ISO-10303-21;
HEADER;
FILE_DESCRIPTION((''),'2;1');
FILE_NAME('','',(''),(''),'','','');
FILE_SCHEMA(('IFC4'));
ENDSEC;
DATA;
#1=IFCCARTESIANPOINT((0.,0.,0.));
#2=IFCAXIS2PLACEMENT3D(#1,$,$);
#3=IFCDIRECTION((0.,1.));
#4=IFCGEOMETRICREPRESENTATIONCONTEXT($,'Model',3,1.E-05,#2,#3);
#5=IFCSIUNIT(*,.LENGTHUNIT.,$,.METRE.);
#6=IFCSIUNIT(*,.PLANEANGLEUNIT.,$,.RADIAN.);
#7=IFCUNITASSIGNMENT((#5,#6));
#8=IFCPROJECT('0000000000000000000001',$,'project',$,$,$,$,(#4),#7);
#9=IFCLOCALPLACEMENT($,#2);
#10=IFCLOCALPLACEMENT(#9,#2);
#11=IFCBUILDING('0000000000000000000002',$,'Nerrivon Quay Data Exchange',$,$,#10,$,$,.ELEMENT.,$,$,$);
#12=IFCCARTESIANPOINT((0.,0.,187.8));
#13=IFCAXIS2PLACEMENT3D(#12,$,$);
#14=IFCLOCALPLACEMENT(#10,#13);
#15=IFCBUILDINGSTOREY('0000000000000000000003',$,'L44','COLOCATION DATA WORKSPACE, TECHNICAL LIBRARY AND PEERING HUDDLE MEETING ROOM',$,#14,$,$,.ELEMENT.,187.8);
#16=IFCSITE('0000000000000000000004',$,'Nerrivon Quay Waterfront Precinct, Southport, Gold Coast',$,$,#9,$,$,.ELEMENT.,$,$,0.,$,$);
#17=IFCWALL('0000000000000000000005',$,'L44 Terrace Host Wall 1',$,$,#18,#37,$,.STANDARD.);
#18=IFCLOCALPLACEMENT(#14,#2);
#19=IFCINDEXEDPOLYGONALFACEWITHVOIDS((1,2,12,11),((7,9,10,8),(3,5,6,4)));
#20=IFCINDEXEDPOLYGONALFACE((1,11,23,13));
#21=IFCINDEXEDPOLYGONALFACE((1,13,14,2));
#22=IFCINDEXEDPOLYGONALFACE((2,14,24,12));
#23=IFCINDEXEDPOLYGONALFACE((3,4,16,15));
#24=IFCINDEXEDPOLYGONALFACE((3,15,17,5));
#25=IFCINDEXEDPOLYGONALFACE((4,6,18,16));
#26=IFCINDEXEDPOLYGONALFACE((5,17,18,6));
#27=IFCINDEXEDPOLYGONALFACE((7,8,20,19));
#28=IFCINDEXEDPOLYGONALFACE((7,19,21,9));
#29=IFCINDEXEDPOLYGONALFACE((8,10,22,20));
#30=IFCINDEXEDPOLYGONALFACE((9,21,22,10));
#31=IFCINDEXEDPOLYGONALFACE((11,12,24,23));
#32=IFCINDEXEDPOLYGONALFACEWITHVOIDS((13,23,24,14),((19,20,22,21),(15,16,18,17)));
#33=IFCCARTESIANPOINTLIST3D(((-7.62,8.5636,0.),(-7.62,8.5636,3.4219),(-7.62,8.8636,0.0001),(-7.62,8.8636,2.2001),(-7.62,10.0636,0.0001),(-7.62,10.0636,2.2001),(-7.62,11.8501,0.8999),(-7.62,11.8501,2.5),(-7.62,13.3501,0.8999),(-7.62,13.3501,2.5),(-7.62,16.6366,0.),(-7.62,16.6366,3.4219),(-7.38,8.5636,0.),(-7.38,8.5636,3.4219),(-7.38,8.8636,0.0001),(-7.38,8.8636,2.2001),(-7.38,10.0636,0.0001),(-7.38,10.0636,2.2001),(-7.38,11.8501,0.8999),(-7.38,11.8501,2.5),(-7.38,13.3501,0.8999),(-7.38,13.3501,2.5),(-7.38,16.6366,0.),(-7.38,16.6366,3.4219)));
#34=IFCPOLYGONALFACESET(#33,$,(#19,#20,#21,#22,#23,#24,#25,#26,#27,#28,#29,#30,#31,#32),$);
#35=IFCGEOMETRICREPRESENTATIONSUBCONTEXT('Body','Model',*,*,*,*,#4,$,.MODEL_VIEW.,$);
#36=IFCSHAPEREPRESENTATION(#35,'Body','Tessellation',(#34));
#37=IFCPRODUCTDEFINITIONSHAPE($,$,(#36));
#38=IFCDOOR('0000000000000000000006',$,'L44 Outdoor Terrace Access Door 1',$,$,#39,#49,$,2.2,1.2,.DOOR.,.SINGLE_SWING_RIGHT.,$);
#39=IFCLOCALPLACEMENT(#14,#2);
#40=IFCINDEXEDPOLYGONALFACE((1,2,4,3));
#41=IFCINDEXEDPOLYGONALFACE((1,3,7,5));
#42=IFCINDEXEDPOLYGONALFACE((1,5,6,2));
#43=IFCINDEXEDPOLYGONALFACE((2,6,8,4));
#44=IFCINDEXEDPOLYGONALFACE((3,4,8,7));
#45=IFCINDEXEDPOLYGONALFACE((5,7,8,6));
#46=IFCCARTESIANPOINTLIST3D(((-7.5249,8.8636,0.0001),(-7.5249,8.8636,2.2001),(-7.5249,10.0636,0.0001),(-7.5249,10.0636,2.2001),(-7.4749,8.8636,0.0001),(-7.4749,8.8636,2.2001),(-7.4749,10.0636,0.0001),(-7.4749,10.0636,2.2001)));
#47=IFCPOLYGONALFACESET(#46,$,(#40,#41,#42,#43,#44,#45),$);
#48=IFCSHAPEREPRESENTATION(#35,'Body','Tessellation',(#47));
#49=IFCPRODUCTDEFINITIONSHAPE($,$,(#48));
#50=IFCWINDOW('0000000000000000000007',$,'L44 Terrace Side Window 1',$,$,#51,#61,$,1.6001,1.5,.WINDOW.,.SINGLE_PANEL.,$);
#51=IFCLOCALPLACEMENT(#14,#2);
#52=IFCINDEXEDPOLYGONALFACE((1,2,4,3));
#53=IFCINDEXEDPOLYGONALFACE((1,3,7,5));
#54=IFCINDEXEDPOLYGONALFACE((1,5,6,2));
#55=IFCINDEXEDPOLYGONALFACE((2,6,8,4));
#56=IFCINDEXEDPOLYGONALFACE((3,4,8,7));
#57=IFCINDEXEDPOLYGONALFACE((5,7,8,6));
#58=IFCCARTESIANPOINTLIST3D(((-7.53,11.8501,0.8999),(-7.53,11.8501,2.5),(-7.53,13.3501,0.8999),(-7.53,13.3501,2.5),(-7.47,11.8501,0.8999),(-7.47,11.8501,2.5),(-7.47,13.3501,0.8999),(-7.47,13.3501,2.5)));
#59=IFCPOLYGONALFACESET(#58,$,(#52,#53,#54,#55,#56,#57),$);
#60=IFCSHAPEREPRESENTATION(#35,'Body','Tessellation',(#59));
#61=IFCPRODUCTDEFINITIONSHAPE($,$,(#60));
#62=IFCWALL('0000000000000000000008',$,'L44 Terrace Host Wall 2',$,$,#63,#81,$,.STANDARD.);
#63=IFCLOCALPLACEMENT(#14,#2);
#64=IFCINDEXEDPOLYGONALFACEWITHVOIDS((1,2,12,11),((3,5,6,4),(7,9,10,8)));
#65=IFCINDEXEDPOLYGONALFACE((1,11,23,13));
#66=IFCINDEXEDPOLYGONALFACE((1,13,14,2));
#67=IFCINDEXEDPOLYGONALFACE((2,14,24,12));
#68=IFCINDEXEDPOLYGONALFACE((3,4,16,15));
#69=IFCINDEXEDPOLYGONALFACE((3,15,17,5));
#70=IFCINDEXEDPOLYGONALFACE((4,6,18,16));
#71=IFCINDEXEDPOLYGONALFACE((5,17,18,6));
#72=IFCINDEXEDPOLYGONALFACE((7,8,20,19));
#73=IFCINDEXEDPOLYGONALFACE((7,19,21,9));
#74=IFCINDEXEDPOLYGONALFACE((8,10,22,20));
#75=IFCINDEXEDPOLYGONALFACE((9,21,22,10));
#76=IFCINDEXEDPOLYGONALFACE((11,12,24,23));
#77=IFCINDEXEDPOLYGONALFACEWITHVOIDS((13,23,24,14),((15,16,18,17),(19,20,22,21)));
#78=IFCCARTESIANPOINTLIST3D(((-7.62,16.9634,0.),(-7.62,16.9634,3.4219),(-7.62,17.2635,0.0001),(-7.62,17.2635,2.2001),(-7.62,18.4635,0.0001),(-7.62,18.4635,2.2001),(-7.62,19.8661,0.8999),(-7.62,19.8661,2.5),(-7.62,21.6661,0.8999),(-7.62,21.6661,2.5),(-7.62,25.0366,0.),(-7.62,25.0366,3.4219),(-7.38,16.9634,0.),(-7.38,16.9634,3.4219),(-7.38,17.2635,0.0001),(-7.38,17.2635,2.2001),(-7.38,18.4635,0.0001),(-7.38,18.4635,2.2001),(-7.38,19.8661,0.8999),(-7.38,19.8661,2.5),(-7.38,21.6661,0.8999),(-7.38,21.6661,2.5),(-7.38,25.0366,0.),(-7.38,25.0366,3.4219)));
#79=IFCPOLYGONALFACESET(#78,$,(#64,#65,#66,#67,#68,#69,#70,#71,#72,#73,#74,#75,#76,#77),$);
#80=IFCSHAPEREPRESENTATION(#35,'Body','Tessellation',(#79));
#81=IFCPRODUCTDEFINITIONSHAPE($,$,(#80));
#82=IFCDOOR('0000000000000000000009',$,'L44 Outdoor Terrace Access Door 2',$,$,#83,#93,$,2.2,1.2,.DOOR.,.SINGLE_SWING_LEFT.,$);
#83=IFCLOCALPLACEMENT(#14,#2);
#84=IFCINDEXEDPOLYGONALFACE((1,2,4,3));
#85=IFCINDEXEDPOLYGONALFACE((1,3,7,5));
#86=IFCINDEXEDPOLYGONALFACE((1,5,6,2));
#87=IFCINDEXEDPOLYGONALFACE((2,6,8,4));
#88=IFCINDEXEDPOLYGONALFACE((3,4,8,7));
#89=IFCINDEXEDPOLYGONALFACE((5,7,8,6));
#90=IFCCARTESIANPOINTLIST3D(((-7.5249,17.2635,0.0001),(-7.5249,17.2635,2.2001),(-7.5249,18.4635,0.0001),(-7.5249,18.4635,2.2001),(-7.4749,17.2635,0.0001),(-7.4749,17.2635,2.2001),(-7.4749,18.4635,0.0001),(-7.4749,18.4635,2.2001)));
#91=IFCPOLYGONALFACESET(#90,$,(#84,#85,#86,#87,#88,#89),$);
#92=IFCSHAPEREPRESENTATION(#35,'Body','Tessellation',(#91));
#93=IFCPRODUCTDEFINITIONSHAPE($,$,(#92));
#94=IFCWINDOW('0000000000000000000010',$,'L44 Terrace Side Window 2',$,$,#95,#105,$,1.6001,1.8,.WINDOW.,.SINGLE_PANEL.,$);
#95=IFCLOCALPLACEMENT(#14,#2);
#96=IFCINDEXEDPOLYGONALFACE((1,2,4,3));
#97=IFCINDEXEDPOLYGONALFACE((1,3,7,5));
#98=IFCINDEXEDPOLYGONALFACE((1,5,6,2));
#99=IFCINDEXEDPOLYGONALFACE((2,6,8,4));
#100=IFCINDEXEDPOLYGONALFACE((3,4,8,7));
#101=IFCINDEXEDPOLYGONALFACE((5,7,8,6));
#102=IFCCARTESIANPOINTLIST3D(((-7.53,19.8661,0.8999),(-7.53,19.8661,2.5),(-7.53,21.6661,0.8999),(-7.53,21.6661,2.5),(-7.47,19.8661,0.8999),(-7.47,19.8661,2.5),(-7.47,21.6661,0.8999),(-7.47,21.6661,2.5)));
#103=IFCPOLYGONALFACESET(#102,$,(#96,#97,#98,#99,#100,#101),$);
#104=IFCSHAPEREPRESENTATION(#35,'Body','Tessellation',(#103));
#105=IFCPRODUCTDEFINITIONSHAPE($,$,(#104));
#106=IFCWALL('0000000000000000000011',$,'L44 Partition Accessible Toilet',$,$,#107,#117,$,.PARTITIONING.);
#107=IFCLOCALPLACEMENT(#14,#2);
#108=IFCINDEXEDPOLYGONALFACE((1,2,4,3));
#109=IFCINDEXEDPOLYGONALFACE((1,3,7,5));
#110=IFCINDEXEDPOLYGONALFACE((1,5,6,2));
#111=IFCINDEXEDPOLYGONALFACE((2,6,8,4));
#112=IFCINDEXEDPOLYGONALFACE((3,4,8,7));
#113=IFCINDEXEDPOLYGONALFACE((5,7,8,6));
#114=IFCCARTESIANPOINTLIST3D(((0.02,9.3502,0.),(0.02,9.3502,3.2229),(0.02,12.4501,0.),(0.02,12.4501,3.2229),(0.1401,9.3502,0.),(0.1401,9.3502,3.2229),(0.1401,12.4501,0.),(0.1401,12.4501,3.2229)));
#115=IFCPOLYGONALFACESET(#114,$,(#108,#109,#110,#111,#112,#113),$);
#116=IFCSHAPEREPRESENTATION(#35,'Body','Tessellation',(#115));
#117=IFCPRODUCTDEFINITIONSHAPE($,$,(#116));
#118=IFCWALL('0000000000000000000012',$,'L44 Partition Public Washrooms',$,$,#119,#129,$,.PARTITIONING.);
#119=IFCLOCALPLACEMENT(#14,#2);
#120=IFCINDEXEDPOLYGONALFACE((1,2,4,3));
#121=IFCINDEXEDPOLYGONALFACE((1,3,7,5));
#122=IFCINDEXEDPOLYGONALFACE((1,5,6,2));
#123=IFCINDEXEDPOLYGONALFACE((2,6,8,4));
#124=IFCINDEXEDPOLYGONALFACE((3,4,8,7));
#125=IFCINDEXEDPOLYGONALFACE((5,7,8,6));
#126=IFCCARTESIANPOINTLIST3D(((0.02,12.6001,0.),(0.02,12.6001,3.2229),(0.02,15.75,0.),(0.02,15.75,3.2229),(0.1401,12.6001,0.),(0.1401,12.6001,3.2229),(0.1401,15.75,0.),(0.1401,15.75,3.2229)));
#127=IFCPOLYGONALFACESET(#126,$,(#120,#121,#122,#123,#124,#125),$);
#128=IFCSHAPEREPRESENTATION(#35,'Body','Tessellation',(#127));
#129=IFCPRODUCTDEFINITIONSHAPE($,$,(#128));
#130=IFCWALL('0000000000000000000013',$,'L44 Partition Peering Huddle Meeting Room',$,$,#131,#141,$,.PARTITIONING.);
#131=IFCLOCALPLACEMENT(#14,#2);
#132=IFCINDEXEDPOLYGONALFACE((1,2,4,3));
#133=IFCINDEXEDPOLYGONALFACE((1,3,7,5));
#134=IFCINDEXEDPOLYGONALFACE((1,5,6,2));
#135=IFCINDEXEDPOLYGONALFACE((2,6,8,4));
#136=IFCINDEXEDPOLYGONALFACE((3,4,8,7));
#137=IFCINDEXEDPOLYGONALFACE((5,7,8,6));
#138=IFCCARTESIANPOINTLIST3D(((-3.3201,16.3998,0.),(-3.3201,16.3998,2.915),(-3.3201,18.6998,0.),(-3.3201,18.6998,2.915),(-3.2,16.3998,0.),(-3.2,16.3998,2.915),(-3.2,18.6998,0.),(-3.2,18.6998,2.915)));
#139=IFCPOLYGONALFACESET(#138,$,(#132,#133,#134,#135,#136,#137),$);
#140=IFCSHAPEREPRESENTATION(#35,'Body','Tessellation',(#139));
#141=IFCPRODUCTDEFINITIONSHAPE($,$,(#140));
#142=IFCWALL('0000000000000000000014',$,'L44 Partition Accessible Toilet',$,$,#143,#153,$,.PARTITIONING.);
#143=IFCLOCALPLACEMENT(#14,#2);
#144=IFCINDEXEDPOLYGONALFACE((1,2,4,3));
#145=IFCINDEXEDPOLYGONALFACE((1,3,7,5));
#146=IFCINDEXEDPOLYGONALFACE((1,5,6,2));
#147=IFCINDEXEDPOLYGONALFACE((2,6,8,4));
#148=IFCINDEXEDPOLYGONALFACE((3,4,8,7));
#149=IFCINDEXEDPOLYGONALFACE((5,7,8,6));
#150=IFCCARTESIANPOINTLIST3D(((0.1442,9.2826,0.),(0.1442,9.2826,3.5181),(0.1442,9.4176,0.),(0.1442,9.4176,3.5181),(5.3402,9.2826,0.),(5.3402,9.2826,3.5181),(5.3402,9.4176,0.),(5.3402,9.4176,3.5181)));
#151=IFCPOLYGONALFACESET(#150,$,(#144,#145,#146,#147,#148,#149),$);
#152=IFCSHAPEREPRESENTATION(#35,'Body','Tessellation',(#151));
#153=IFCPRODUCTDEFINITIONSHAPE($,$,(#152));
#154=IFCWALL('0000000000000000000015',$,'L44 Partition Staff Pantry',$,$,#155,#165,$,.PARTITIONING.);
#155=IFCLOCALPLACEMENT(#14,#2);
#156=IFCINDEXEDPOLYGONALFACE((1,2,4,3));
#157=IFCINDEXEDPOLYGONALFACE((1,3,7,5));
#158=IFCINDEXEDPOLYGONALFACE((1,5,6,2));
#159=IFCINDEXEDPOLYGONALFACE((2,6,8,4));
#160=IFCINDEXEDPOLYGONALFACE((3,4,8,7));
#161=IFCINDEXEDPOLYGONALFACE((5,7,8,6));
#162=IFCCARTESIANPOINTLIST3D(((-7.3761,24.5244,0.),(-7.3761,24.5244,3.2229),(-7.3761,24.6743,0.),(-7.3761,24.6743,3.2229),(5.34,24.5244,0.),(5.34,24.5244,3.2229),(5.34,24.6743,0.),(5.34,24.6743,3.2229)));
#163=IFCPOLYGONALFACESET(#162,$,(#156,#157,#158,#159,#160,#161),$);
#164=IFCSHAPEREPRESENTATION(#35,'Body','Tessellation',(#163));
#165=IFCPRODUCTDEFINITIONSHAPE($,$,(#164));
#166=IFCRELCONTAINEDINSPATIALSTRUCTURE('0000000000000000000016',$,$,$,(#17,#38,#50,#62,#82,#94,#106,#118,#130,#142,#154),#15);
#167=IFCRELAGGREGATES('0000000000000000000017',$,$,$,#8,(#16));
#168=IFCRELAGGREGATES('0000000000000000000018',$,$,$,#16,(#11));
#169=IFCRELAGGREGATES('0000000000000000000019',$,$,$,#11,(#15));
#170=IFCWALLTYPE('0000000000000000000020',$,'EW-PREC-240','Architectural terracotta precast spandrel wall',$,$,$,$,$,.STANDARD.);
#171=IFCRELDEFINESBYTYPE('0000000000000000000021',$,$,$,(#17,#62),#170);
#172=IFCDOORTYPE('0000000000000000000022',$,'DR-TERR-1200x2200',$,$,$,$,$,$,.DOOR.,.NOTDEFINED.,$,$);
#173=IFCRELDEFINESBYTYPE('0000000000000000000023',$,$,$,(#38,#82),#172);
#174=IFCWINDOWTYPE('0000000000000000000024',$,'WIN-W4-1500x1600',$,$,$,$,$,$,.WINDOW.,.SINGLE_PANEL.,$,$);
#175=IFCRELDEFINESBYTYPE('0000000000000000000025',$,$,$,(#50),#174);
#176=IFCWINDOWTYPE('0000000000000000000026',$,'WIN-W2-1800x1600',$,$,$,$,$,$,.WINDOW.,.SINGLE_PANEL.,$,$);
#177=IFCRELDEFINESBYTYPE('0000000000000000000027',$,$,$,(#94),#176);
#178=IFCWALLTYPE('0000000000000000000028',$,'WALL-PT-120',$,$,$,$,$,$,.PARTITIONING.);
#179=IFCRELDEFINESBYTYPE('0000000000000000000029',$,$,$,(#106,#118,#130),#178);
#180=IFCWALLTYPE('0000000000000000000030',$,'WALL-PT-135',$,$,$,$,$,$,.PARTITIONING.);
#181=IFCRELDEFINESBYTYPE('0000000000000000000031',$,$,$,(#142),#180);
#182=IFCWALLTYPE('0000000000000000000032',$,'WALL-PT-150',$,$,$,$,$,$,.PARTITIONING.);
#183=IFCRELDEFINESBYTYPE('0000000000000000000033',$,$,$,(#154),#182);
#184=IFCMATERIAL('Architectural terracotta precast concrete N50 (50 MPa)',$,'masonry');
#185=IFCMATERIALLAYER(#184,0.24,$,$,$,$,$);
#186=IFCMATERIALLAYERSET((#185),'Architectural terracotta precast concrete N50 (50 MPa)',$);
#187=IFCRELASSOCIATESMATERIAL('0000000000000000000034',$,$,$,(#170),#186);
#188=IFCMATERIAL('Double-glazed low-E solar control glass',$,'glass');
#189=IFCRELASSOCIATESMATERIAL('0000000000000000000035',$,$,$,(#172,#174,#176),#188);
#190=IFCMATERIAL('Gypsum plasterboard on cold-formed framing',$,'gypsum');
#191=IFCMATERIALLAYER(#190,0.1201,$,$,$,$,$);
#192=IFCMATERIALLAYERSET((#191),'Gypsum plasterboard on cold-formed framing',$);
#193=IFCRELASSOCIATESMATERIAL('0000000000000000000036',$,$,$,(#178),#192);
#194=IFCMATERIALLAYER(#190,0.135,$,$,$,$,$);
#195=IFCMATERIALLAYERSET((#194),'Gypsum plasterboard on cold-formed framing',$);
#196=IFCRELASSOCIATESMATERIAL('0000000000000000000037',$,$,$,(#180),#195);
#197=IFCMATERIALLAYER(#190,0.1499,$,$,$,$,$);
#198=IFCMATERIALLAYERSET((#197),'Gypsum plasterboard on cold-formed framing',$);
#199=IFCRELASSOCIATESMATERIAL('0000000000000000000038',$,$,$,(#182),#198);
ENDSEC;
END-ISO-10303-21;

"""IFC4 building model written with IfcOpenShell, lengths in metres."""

from ifc_helpers import new_model, si_unit, direction, frame, frame_2d, origin, place, context, subcontext, project, spatial, rectangle, extrude, material, layer, layer_set, type_object, element, fill, save


model = new_model("IFC4")

# Units and contexts
model_context = context("Model", 3, precision=1e-05, world=origin(), true_north=direction((0.0, 1.0)))
body_context = subcontext(model_context, "Body", "Model", "MODEL_VIEW")
ifc_project = project(units=[si_unit("LENGTHUNIT", "METRE"), si_unit("PLANEANGLEUNIT", "RADIAN")], contexts=[model_context])

# Site, building, storey
site_placement = place(None, origin())
site = spatial("IfcSite", under=ifc_project, at=site_placement, Name="Nerrivon Quay Waterfront Precinct, Southport, Gold Coast", CompositionType="ELEMENT", RefElevation=0.0)
building_placement = place(site_placement, origin())
building = spatial("IfcBuilding", under=site, at=building_placement, Name="Nerrivon Quay Data Exchange", CompositionType="ELEMENT")
storey_placement = place(building_placement, frame((0.0, 0.0, 187.8)))
storey = spatial("IfcBuildingStorey", under=building, at=storey_placement, Name="L44", Description="COLOCATION DATA WORKSPACE, TECHNICAL LIBRARY AND PEERING HUDDLE MEETING ROOM", CompositionType="ELEMENT", Elevation=187.8)

# Walls, openings, doors, windows
ifc_material_1 = material(Name="Architectural terracotta precast concrete N50 (50 MPa)", Category="masonry")
ifc_layer_1 = layer(ifc_material_1, 0.24)
ifc_layer_set_1 = layer_set([ifc_layer_1], Name="Architectural terracotta precast concrete N50 (50 MPa)")
wall_type_1 = type_object("IfcWallType", Name="EW-PREC-240", Description="Architectural terracotta precast spandrel wall", PredefinedType="STANDARD", material=ifc_layer_set_1)
wall_1_placement = place(storey_placement, frame((-7.5, 8.5635, 0.0), z_axis=(0.0, 0.0, 1.0), x_axis=(0.0, 1.0, 0.0)))
wall_1 = element("IfcWall", 1, at=wall_1_placement, inside=storey, type_object=wall_type_1, Name="L44 Terrace Host Wall 1", PredefinedType="STANDARD", context=body_context, shape_type="SweptSolid", body=[
    extrude(rectangle(XDim=8.073, YDim=0.24, at=frame_2d((4.0366, 0.0))), origin(), (0.0, 0.0, 1.0), 3.4219),
])
opening_1_placement = place(wall_1_placement, frame((0.3, 0.0, 0.0)))
opening_1 = element("IfcOpeningElement", 2, at=opening_1_placement, cuts=wall_1, PredefinedType="OPENING", context=body_context, shape_type="SweptSolid", body=[
    extrude(rectangle(XDim=1.2, YDim=2.2, at=frame_2d((0.6001, 1.1001))), frame((0.0, 0.1299, 0.0), z_axis=(0.0, -1.0, 0.0), x_axis=(1.0, 0.0, 0.0)), (0.0, 0.0, 1.0), 0.26),
])
opening_2_placement = place(wall_1_placement, frame((3.2866, 0.0, 0.8999)))
opening_2 = element("IfcOpeningElement", 3, at=opening_2_placement, cuts=wall_1, PredefinedType="OPENING", context=body_context, shape_type="SweptSolid", body=[
    extrude(rectangle(XDim=1.5, YDim=1.6001, at=frame_2d((0.75, 0.8))), frame((0.0, 0.1299, 0.0), z_axis=(0.0, -1.0, 0.0), x_axis=(1.0, 0.0, 0.0)), (0.0, 0.0, 1.0), 0.26),
])
ifc_material_2 = material(Name="Double-glazed low-E solar control glass", Category="glass")
door_type = type_object("IfcDoorType", Name="DR-TERR-1200x2200", OperationType="NOTDEFINED", PredefinedType="DOOR", material=ifc_material_2)
door_1_placement = place(opening_1_placement, origin())
door_1 = element("IfcDoor", 4, at=door_1_placement, inside=storey, type_object=door_type, Name="L44 Outdoor Terrace Access Door 1", OperationType="SINGLE_SWING_RIGHT", OverallHeight=2.2, OverallWidth=1.2, PredefinedType="DOOR", context=body_context, shape_type="SweptSolid", body=[
    extrude(rectangle(XDim=1.2, YDim=2.2, at=frame_2d((0.6001, 1.1001))), frame((0.0, 0.0249, 0.0), z_axis=(0.0, -1.0, 0.0), x_axis=(1.0, 0.0, 0.0)), (0.0, 0.0, 1.0), 0.05),
])
fill(opening_1, door_1)
window_type_1 = type_object("IfcWindowType", Name="WIN-W4-1500x1600", PartitioningType="SINGLE_PANEL", PredefinedType="WINDOW", material=ifc_material_2)
window_1_placement = place(opening_2_placement, origin())
window_1 = element("IfcWindow", 5, at=window_1_placement, inside=storey, type_object=window_type_1, Name="L44 Terrace Side Window 1", OverallHeight=1.6001, OverallWidth=1.5, PartitioningType="SINGLE_PANEL", PredefinedType="WINDOW", context=body_context, shape_type="SweptSolid", body=[
    extrude(rectangle(XDim=1.5, YDim=1.6001, at=frame_2d((0.75, 0.8))), frame((0.0, 0.03, 0.0), z_axis=(0.0, -1.0, 0.0), x_axis=(1.0, 0.0, 0.0)), (0.0, 0.0, 1.0), 0.0601),
])
fill(opening_2, window_1)
wall_2_placement = place(storey_placement, frame((-7.5, 16.9634, 0.0), z_axis=(0.0, 0.0, 1.0), x_axis=(0.0, 1.0, 0.0)))
wall_2 = element("IfcWall", 6, at=wall_2_placement, inside=storey, type_object=wall_type_1, Name="L44 Terrace Host Wall 2", PredefinedType="STANDARD", context=body_context, shape_type="SweptSolid", body=[
    extrude(rectangle(XDim=8.0732, YDim=0.24, at=frame_2d((4.0366, 0.0))), origin(), (0.0, 0.0, 1.0), 3.4219),
])
opening_3_placement = place(wall_2_placement, frame((0.3, 0.0, 0.0)))
opening_3 = element("IfcOpeningElement", 7, at=opening_3_placement, cuts=wall_2, PredefinedType="OPENING", context=body_context, shape_type="SweptSolid", body=[
    extrude(rectangle(XDim=1.2, YDim=2.2, at=frame_2d((0.6001, 1.1001))), frame((0.0, 0.1299, 0.0), z_axis=(0.0, -1.0, 0.0), x_axis=(1.0, 0.0, 0.0)), (0.0, 0.0, 1.0), 0.26),
])
opening_4_placement = place(wall_2_placement, frame((2.9028, 0.0, 0.8999)))
opening_4 = element("IfcOpeningElement", 8, at=opening_4_placement, cuts=wall_2, PredefinedType="OPENING", context=body_context, shape_type="SweptSolid", body=[
    extrude(rectangle(XDim=1.8, YDim=1.6001, at=frame_2d((0.8999, 0.8))), frame((0.0, 0.1299, 0.0), z_axis=(0.0, -1.0, 0.0), x_axis=(1.0, 0.0, 0.0)), (0.0, 0.0, 1.0), 0.26),
])
door_2_placement = place(opening_3_placement, origin())
door_2 = element("IfcDoor", 9, at=door_2_placement, inside=storey, type_object=door_type, Name="L44 Outdoor Terrace Access Door 2", OperationType="SINGLE_SWING_LEFT", OverallHeight=2.2, OverallWidth=1.2, PredefinedType="DOOR", context=body_context, shape_type="SweptSolid", body=[
    extrude(rectangle(XDim=1.2, YDim=2.2, at=frame_2d((0.6001, 1.1001))), frame((0.0, 0.0249, 0.0), z_axis=(0.0, -1.0, 0.0), x_axis=(1.0, 0.0, 0.0)), (0.0, 0.0, 1.0), 0.05),
])
fill(opening_3, door_2)
window_type_2 = type_object("IfcWindowType", Name="WIN-W2-1800x1600", PartitioningType="SINGLE_PANEL", PredefinedType="WINDOW", material=ifc_material_2)
window_2_placement = place(opening_4_placement, origin())
window_2 = element("IfcWindow", 10, at=window_2_placement, inside=storey, type_object=window_type_2, Name="L44 Terrace Side Window 2", OverallHeight=1.6001, OverallWidth=1.8, PartitioningType="SINGLE_PANEL", PredefinedType="WINDOW", context=body_context, shape_type="SweptSolid", body=[
    extrude(rectangle(XDim=1.8, YDim=1.6001, at=frame_2d((0.8999, 0.8))), frame((0.0, 0.03, 0.0), z_axis=(0.0, -1.0, 0.0), x_axis=(1.0, 0.0, 0.0)), (0.0, 0.0, 1.0), 0.0601),
])
fill(opening_4, window_2)

# Walls
ifc_material_3 = material(Name="Gypsum plasterboard on cold-formed framing", Category="gypsum")
ifc_layer_2 = layer(ifc_material_3, 0.1201)
ifc_layer_set_2 = layer_set([ifc_layer_2], Name="Gypsum plasterboard on cold-formed framing")
wall_type_2 = type_object("IfcWallType", Name="WALL-PT-120", PredefinedType="PARTITIONING", material=ifc_layer_set_2)
wall_3_placement = place(storey_placement, frame((0.0801, 12.45, 0.0), z_axis=(0.0, 0.0, 1.0), x_axis=(0.0, -1.0, 0.0)))
element("IfcWall", 11, at=wall_3_placement, inside=storey, type_object=wall_type_2, Name="L44 Partition Accessible Toilet", PredefinedType="PARTITIONING", context=body_context, shape_type="SweptSolid", body=[
    extrude(rectangle(XDim=3.0999, YDim=0.1201, at=frame_2d((1.5498, 0.0))), origin(), (0.0, 0.0, 1.0), 3.2229),
])
wall_4_placement = place(storey_placement, frame((0.0801, 15.75, 0.0), z_axis=(0.0, 0.0, 1.0), x_axis=(0.0, -1.0, 0.0)))
element("IfcWall", 12, at=wall_4_placement, inside=storey, type_object=wall_type_2, Name="L44 Partition Public Washrooms", PredefinedType="PARTITIONING", context=body_context, shape_type="SweptSolid", body=[
    extrude(rectangle(XDim=3.1499, YDim=0.1201, at=frame_2d((1.575, 0.0))), origin(), (0.0, 0.0, 1.0), 3.2229),
])
wall_5_placement = place(storey_placement, frame((-3.26, 16.3999, 0.0), z_axis=(0.0, 0.0, 1.0), x_axis=(0.0, 1.0, 0.0)))
element("IfcWall", 13, at=wall_5_placement, inside=storey, type_object=wall_type_2, Name="L44 Partition Peering Huddle Meeting Room", PredefinedType="PARTITIONING", context=body_context, shape_type="SweptSolid", body=[
    extrude(rectangle(XDim=2.3, YDim=0.1201, at=frame_2d((1.1499, 0.0))), origin(), (0.0, 0.0, 1.0), 2.915),
])
ifc_layer_3 = layer(ifc_material_3, 0.135)
ifc_layer_set_3 = layer_set([ifc_layer_3], Name="Gypsum plasterboard on cold-formed framing")
wall_type_3 = type_object("IfcWallType", Name="WALL-PT-135", PredefinedType="PARTITIONING", material=ifc_layer_set_3)
wall_6_placement = place(storey_placement, frame((0.144, 9.3501, 0.0), z_axis=(0.0, 0.0, 1.0), x_axis=(1.0, 0.0, 0.0)))
element("IfcWall", 14, at=wall_6_placement, inside=storey, type_object=wall_type_3, Name="L44 Partition Accessible Toilet", PredefinedType="PARTITIONING", context=body_context, shape_type="SweptSolid", body=[
    extrude(rectangle(XDim=5.196, YDim=0.135, at=frame_2d((2.5981, 0.0))), origin(), (0.0, 0.0, 1.0), 3.5181),
])
ifc_layer_4 = layer(ifc_material_3, 0.1499)
ifc_layer_set_4 = layer_set([ifc_layer_4], Name="Gypsum plasterboard on cold-formed framing")
wall_type_4 = type_object("IfcWallType", Name="WALL-PT-150", PredefinedType="PARTITIONING", material=ifc_layer_set_4)
wall_7_placement = place(storey_placement, frame((-7.376, 24.5994, 0.0), z_axis=(0.0, 0.0, 1.0), x_axis=(1.0, 0.0, 0.0)))
element("IfcWall", 15, at=wall_7_placement, inside=storey, type_object=wall_type_4, Name="L44 Partition Staff Pantry", PredefinedType="PARTITIONING", context=body_context, shape_type="SweptSolid", body=[
    extrude(rectangle(XDim=12.7161, YDim=0.1499, at=frame_2d((6.3579, 0.0))), origin(), (0.0, 0.0, 1.0), 3.2229),
])

save(model, "model.ifc")
